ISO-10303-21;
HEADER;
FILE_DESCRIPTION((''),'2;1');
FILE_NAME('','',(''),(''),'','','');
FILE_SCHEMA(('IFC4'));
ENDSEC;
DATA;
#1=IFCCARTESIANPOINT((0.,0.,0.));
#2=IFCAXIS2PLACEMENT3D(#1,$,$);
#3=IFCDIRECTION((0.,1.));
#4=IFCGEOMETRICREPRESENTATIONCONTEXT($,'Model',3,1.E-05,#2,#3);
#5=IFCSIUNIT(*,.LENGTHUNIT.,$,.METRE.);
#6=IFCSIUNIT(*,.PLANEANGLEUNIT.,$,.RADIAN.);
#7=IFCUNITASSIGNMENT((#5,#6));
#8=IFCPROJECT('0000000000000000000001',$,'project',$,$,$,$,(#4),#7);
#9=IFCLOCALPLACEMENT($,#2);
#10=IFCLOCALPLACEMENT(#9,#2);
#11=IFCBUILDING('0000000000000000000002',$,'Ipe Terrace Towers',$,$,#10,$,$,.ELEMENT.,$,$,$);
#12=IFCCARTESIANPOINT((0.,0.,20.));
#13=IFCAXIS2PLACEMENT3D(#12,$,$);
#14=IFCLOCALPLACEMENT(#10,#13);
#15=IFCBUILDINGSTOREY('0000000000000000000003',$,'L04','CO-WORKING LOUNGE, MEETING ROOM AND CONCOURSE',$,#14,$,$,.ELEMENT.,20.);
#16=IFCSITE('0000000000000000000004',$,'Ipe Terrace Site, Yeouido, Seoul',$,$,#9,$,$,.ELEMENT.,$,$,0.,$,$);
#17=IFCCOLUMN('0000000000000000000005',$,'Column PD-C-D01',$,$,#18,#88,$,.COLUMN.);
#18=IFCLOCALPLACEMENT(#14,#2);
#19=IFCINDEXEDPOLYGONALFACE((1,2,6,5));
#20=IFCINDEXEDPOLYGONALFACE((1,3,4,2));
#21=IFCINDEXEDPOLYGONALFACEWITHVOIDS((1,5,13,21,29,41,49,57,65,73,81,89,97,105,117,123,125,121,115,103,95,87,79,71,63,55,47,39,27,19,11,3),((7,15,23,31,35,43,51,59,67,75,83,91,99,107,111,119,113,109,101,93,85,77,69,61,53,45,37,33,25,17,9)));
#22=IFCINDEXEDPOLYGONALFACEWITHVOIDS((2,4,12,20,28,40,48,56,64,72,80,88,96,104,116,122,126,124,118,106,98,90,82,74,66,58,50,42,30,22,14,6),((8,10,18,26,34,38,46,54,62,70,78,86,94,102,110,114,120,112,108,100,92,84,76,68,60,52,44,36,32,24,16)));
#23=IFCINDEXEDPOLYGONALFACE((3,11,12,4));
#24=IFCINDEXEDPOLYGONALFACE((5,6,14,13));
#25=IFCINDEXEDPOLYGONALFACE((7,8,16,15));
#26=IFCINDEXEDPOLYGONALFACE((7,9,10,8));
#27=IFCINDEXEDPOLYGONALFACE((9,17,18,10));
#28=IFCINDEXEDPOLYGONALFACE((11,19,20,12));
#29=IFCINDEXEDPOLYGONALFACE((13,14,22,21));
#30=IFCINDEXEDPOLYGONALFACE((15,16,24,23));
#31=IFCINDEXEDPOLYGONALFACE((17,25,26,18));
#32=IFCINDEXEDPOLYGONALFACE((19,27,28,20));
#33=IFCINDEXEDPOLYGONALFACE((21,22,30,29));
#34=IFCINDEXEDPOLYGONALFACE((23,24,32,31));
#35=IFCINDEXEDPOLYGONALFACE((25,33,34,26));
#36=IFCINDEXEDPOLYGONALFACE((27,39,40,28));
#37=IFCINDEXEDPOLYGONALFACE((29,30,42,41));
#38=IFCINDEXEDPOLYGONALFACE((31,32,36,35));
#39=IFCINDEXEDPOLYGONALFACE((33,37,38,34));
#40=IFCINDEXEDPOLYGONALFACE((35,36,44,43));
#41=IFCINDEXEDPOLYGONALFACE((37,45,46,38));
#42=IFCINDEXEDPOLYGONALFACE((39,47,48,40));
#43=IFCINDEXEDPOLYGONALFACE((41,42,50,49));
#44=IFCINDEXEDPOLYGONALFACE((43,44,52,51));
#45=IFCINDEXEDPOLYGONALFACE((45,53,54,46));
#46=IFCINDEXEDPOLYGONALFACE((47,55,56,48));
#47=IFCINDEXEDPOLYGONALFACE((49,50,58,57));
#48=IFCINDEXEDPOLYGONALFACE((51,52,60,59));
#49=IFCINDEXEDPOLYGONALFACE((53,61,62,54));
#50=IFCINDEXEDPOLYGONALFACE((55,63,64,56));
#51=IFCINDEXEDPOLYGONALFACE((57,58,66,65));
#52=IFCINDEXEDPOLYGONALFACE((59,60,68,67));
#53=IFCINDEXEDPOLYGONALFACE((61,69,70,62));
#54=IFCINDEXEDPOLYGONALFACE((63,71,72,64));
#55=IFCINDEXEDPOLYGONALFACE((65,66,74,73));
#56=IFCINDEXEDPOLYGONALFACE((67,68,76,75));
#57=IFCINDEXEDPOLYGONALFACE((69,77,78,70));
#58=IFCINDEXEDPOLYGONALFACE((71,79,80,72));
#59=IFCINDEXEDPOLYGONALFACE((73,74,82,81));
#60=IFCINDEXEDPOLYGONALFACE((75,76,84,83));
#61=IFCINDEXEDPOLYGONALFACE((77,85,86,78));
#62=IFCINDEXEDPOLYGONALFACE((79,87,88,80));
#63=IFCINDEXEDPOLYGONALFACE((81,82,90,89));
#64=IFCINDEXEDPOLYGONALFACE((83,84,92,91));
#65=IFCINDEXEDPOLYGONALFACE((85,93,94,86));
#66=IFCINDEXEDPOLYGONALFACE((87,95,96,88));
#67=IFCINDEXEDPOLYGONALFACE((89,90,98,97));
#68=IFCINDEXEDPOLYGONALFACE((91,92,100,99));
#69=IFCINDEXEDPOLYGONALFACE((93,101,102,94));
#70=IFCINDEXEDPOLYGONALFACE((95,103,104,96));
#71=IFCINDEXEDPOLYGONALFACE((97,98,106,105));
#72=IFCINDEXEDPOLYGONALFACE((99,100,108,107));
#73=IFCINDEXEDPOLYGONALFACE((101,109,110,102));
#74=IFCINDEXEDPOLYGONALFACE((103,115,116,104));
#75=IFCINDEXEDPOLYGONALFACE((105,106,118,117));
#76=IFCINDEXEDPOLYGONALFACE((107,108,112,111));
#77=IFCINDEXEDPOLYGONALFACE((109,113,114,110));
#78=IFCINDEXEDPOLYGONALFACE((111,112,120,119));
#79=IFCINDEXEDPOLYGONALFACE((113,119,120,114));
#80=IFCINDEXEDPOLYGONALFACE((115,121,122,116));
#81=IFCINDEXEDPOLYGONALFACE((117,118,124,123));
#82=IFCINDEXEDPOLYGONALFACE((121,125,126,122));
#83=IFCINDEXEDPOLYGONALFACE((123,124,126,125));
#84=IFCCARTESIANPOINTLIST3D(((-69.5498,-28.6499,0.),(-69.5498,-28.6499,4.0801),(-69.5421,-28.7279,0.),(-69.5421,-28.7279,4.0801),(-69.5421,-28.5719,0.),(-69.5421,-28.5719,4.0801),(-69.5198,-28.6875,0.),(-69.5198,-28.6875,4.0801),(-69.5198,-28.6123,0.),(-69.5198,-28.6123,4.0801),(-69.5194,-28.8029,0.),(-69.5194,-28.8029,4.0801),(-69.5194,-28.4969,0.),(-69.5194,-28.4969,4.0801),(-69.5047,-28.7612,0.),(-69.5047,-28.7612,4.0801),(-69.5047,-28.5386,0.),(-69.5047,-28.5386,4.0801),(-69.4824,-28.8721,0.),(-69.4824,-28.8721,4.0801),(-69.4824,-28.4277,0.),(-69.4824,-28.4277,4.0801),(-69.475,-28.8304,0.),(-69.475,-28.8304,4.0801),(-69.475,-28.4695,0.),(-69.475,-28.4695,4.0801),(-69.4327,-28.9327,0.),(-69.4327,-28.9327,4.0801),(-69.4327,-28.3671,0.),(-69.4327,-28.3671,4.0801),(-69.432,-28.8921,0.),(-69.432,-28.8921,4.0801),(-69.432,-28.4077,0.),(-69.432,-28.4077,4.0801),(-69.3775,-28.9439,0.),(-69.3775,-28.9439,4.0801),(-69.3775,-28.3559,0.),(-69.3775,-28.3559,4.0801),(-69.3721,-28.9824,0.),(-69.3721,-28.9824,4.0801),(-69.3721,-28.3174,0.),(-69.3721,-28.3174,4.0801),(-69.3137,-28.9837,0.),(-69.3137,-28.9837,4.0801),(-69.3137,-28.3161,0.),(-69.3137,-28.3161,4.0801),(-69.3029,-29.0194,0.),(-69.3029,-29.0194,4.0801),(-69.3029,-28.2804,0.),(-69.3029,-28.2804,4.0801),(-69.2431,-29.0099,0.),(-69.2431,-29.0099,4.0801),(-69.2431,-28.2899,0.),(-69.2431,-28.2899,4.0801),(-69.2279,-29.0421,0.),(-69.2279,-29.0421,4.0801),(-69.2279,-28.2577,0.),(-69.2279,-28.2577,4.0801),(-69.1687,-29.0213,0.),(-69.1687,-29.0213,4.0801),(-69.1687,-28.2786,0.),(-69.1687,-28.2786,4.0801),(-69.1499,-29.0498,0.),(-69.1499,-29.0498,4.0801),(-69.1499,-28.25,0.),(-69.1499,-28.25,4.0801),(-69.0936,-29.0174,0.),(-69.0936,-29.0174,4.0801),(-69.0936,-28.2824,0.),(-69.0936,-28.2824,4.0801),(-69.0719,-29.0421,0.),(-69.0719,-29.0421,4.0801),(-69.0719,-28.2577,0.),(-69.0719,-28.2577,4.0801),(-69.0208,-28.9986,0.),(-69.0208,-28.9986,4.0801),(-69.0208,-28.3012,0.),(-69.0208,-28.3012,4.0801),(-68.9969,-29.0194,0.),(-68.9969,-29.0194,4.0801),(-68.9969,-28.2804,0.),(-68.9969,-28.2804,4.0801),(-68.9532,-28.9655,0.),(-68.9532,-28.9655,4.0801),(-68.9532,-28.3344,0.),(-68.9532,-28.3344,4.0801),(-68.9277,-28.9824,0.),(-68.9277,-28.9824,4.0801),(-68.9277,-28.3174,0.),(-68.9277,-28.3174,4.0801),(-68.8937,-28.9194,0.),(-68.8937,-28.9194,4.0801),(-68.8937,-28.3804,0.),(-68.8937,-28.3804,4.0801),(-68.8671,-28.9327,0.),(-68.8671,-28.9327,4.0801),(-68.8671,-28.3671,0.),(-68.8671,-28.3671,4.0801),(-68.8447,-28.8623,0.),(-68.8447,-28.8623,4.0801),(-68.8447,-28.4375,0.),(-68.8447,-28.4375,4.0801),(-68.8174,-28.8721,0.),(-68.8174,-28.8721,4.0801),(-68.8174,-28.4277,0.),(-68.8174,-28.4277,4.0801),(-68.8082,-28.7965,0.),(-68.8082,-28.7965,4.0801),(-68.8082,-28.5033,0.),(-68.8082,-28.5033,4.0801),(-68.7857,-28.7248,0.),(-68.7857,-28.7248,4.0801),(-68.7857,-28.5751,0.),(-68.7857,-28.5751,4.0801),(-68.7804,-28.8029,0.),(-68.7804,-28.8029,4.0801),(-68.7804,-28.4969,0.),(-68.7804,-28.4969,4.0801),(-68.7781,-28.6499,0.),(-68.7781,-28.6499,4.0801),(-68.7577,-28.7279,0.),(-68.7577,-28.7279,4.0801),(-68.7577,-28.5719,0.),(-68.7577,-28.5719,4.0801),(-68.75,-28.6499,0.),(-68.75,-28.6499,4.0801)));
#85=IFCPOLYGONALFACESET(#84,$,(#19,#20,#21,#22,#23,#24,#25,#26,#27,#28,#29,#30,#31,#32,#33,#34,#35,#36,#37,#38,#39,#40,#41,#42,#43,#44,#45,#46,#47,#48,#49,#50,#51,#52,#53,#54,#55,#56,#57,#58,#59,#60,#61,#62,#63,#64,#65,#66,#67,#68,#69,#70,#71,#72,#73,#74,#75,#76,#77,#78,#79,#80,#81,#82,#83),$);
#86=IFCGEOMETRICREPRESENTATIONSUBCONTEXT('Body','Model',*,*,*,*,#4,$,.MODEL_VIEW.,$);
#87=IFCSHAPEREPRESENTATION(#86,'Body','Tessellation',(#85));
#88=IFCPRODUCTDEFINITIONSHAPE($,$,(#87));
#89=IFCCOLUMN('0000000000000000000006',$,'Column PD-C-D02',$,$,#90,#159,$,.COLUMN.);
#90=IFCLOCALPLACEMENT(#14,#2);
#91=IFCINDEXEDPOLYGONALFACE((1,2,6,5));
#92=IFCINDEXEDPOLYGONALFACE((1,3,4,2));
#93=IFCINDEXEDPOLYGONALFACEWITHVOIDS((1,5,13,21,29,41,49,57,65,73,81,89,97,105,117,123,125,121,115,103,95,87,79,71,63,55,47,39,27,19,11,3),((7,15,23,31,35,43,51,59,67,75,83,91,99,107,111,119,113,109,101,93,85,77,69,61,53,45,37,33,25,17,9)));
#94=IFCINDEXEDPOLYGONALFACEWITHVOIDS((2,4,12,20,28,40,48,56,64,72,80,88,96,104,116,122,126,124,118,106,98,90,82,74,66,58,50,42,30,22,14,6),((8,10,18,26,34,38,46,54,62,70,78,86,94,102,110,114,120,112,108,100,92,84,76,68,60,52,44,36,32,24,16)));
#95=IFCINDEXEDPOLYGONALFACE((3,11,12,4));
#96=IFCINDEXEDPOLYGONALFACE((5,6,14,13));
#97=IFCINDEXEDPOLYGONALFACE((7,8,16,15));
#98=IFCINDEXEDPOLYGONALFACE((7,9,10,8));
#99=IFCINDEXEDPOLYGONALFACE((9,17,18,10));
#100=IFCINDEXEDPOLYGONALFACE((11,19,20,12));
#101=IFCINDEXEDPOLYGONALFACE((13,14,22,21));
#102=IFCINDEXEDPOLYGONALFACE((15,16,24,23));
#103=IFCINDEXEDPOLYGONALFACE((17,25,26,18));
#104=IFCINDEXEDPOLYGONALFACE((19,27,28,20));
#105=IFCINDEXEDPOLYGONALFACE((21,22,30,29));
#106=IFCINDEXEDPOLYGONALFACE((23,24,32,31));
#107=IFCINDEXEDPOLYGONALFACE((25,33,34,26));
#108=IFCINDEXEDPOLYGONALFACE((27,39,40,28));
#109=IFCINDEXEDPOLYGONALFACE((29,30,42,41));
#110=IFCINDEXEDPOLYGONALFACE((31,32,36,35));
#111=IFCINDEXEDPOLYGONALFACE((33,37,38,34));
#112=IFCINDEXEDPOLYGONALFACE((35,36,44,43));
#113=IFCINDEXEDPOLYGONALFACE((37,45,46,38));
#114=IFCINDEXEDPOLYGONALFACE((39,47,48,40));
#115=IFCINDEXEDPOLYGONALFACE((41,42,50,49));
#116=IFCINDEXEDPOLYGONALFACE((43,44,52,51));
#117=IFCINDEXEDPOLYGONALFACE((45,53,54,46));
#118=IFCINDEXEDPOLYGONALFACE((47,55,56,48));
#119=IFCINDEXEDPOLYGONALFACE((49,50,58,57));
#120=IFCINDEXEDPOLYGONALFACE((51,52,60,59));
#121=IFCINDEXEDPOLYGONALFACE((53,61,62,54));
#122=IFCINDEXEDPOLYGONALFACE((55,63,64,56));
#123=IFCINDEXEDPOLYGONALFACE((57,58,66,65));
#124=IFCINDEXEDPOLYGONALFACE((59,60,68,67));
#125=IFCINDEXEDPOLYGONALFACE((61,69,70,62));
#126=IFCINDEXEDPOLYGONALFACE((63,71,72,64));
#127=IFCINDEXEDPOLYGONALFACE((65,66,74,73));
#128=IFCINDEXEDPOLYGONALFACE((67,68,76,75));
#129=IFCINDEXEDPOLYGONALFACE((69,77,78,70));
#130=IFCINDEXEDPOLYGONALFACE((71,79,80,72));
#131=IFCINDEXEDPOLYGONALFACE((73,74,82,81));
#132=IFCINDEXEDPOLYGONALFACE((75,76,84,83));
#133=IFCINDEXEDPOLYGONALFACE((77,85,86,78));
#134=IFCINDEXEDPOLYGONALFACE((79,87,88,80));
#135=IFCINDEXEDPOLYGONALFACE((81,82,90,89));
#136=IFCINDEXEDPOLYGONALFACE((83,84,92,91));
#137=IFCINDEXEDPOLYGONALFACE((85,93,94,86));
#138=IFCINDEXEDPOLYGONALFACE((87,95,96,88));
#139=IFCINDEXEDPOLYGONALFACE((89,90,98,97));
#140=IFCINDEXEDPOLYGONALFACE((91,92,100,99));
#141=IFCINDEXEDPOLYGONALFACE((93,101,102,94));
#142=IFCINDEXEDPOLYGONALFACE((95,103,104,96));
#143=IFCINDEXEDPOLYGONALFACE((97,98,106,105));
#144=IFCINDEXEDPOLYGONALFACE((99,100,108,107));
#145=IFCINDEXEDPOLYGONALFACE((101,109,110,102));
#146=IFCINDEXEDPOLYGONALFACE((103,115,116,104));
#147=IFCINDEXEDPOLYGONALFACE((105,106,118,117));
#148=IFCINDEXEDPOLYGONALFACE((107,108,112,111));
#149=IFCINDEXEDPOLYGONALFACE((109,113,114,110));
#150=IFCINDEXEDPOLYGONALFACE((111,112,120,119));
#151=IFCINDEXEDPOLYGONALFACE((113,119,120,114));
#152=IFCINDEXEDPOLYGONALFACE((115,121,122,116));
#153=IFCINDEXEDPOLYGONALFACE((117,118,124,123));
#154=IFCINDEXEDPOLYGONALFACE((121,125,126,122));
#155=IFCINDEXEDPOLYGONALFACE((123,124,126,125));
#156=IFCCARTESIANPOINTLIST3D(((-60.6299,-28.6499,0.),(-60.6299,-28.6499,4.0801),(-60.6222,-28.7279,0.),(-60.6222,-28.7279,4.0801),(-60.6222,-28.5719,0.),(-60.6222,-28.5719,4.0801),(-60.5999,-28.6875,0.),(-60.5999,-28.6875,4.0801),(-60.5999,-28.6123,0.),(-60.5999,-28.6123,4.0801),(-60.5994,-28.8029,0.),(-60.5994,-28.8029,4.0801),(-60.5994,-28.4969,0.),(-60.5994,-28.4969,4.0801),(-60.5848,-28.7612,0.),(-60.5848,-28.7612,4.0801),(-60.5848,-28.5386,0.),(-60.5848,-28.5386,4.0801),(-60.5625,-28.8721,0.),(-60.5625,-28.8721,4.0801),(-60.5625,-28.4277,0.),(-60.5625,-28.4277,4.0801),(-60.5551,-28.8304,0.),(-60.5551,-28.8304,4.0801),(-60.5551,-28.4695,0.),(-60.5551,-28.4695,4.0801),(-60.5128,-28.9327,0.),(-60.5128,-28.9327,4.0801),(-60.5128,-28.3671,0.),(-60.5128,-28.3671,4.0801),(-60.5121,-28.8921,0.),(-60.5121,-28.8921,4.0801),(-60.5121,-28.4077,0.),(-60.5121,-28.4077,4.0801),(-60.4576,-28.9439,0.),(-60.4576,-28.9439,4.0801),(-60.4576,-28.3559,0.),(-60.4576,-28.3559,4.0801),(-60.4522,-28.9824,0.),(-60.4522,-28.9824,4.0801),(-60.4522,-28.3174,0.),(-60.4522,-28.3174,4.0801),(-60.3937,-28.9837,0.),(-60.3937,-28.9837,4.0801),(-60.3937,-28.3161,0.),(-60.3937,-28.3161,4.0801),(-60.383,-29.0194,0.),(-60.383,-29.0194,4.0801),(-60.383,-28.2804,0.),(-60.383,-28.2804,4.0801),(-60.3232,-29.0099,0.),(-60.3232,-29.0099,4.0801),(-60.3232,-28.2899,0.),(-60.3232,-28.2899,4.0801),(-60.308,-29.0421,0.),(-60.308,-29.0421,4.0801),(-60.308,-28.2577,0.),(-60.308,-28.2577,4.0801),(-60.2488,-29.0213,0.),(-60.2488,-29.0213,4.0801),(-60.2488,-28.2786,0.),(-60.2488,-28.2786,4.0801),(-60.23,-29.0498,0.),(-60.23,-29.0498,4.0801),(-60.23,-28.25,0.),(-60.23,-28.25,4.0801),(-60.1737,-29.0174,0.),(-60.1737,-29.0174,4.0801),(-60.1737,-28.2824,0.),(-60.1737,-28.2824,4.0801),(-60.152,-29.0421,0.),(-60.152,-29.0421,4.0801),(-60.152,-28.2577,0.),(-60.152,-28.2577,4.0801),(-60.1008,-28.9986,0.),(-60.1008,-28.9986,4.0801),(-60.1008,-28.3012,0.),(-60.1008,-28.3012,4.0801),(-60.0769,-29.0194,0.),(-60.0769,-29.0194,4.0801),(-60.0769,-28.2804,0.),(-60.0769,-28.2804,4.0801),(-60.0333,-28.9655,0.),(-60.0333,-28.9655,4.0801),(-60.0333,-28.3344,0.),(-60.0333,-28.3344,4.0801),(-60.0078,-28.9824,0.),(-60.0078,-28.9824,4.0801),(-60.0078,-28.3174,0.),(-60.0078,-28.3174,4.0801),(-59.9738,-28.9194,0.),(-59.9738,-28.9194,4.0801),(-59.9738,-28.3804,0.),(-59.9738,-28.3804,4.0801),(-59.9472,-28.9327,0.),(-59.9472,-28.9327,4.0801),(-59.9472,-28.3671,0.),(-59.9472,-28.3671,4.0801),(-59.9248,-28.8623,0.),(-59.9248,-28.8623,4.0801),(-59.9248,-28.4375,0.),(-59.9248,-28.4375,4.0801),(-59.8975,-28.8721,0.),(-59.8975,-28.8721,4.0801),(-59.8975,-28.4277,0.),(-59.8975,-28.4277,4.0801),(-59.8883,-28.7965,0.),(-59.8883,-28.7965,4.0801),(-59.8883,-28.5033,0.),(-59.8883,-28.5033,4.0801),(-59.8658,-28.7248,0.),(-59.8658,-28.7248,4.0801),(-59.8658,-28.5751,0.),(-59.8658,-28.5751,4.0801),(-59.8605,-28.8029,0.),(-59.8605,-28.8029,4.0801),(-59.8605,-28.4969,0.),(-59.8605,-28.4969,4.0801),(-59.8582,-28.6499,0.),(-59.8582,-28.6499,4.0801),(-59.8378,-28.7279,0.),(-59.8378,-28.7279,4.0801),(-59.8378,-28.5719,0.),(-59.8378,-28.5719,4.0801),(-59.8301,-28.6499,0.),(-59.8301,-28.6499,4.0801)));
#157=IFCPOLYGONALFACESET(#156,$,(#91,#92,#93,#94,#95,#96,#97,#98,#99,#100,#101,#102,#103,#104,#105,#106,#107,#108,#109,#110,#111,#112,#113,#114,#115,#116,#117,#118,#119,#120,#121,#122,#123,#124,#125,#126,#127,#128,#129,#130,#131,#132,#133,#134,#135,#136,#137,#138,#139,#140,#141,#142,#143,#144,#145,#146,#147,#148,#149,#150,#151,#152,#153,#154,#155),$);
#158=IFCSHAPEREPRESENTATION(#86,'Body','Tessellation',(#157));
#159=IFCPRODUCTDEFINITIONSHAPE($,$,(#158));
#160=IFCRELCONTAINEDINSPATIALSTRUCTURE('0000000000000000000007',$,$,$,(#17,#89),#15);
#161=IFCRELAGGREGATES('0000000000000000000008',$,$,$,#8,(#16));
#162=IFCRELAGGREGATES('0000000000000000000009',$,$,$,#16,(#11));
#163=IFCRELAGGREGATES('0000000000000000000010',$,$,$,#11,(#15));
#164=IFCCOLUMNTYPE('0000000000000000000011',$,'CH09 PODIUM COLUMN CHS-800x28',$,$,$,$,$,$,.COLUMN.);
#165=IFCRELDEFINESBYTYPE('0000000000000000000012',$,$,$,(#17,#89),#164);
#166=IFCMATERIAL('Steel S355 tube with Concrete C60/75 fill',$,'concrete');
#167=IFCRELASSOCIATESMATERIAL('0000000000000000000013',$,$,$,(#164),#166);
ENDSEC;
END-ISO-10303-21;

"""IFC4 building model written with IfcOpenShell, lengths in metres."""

from ifc_helpers import new_model, si_unit, direction, frame, origin, origin_2d, place, context, subcontext, project, spatial, hollow_circle, extrude, material, material_profile, profile_set, type_object, element, save


model = new_model("IFC4")

# Units and contexts
model_context = context("Model", 3, precision=1e-05, world=origin(), true_north=direction((0.0, 1.0)))
body_context = subcontext(model_context, "Body", "Model", "MODEL_VIEW")
ifc_project = project(units=[si_unit("LENGTHUNIT", "METRE"), si_unit("PLANEANGLEUNIT", "RADIAN")], contexts=[model_context])

# Site, building, storey
site_placement = place(None, origin())
site = spatial("IfcSite", under=ifc_project, at=site_placement, Name="Ipe Terrace Site, Yeouido, Seoul", CompositionType="ELEMENT", RefElevation=0.0)
building_placement = place(site_placement, origin())
building = spatial("IfcBuilding", under=site, at=building_placement, Name="Ipe Terrace Towers", CompositionType="ELEMENT")
storey_placement = place(building_placement, frame((0.0, 0.0, 20.0)))
storey = spatial("IfcBuildingStorey", under=building, at=storey_placement, Name="L04", Description="CO-WORKING LOUNGE, MEETING ROOM AND CONCOURSE", CompositionType="ELEMENT", Elevation=20.0)

# Columns
ifc_material_1 = material(Name="Steel S355 tube with Concrete C60/75 fill", Category="concrete")
ifc_material_profile_1 = material_profile(ifc_material_1, hollow_circle(Radius=0.3999, WallThickness=0.0281, at=origin_2d()), Name="CHS-800x28")
ifc_profile_set_1 = profile_set([ifc_material_profile_1], Name="Steel S355 tube with Concrete C60/75 fill")
column_type = type_object("IfcColumnType", Name="CH09 PODIUM COLUMN CHS-800x28", PredefinedType="COLUMN", material=ifc_profile_set_1)
for number, where, z_axis, x_axis, name in (
    (1, (-69.1499, -28.6499, 0.0), (0.0, 0.0, 1.0), (1.0, 0.0, 0.0), "Column PD-C-D01"),
    (2, (-60.23, -28.6499, 0.0), (0.0, 0.0, 1.0), (1.0, 0.0, 0.0), "Column PD-C-D02"),
):
    element("IfcColumn", number, at=place(storey_placement, frame(where, z_axis=z_axis, x_axis=x_axis)), inside=storey, type_object=column_type, Name=name, PredefinedType="COLUMN", context=body_context, shape_type="SweptSolid", body=[
        extrude(hollow_circle(Radius=0.3999, WallThickness=0.0281, at=origin_2d()), origin(), (0.0, 0.0, 1.0), 4.0801),
    ])

save(model, "model.ifc")
